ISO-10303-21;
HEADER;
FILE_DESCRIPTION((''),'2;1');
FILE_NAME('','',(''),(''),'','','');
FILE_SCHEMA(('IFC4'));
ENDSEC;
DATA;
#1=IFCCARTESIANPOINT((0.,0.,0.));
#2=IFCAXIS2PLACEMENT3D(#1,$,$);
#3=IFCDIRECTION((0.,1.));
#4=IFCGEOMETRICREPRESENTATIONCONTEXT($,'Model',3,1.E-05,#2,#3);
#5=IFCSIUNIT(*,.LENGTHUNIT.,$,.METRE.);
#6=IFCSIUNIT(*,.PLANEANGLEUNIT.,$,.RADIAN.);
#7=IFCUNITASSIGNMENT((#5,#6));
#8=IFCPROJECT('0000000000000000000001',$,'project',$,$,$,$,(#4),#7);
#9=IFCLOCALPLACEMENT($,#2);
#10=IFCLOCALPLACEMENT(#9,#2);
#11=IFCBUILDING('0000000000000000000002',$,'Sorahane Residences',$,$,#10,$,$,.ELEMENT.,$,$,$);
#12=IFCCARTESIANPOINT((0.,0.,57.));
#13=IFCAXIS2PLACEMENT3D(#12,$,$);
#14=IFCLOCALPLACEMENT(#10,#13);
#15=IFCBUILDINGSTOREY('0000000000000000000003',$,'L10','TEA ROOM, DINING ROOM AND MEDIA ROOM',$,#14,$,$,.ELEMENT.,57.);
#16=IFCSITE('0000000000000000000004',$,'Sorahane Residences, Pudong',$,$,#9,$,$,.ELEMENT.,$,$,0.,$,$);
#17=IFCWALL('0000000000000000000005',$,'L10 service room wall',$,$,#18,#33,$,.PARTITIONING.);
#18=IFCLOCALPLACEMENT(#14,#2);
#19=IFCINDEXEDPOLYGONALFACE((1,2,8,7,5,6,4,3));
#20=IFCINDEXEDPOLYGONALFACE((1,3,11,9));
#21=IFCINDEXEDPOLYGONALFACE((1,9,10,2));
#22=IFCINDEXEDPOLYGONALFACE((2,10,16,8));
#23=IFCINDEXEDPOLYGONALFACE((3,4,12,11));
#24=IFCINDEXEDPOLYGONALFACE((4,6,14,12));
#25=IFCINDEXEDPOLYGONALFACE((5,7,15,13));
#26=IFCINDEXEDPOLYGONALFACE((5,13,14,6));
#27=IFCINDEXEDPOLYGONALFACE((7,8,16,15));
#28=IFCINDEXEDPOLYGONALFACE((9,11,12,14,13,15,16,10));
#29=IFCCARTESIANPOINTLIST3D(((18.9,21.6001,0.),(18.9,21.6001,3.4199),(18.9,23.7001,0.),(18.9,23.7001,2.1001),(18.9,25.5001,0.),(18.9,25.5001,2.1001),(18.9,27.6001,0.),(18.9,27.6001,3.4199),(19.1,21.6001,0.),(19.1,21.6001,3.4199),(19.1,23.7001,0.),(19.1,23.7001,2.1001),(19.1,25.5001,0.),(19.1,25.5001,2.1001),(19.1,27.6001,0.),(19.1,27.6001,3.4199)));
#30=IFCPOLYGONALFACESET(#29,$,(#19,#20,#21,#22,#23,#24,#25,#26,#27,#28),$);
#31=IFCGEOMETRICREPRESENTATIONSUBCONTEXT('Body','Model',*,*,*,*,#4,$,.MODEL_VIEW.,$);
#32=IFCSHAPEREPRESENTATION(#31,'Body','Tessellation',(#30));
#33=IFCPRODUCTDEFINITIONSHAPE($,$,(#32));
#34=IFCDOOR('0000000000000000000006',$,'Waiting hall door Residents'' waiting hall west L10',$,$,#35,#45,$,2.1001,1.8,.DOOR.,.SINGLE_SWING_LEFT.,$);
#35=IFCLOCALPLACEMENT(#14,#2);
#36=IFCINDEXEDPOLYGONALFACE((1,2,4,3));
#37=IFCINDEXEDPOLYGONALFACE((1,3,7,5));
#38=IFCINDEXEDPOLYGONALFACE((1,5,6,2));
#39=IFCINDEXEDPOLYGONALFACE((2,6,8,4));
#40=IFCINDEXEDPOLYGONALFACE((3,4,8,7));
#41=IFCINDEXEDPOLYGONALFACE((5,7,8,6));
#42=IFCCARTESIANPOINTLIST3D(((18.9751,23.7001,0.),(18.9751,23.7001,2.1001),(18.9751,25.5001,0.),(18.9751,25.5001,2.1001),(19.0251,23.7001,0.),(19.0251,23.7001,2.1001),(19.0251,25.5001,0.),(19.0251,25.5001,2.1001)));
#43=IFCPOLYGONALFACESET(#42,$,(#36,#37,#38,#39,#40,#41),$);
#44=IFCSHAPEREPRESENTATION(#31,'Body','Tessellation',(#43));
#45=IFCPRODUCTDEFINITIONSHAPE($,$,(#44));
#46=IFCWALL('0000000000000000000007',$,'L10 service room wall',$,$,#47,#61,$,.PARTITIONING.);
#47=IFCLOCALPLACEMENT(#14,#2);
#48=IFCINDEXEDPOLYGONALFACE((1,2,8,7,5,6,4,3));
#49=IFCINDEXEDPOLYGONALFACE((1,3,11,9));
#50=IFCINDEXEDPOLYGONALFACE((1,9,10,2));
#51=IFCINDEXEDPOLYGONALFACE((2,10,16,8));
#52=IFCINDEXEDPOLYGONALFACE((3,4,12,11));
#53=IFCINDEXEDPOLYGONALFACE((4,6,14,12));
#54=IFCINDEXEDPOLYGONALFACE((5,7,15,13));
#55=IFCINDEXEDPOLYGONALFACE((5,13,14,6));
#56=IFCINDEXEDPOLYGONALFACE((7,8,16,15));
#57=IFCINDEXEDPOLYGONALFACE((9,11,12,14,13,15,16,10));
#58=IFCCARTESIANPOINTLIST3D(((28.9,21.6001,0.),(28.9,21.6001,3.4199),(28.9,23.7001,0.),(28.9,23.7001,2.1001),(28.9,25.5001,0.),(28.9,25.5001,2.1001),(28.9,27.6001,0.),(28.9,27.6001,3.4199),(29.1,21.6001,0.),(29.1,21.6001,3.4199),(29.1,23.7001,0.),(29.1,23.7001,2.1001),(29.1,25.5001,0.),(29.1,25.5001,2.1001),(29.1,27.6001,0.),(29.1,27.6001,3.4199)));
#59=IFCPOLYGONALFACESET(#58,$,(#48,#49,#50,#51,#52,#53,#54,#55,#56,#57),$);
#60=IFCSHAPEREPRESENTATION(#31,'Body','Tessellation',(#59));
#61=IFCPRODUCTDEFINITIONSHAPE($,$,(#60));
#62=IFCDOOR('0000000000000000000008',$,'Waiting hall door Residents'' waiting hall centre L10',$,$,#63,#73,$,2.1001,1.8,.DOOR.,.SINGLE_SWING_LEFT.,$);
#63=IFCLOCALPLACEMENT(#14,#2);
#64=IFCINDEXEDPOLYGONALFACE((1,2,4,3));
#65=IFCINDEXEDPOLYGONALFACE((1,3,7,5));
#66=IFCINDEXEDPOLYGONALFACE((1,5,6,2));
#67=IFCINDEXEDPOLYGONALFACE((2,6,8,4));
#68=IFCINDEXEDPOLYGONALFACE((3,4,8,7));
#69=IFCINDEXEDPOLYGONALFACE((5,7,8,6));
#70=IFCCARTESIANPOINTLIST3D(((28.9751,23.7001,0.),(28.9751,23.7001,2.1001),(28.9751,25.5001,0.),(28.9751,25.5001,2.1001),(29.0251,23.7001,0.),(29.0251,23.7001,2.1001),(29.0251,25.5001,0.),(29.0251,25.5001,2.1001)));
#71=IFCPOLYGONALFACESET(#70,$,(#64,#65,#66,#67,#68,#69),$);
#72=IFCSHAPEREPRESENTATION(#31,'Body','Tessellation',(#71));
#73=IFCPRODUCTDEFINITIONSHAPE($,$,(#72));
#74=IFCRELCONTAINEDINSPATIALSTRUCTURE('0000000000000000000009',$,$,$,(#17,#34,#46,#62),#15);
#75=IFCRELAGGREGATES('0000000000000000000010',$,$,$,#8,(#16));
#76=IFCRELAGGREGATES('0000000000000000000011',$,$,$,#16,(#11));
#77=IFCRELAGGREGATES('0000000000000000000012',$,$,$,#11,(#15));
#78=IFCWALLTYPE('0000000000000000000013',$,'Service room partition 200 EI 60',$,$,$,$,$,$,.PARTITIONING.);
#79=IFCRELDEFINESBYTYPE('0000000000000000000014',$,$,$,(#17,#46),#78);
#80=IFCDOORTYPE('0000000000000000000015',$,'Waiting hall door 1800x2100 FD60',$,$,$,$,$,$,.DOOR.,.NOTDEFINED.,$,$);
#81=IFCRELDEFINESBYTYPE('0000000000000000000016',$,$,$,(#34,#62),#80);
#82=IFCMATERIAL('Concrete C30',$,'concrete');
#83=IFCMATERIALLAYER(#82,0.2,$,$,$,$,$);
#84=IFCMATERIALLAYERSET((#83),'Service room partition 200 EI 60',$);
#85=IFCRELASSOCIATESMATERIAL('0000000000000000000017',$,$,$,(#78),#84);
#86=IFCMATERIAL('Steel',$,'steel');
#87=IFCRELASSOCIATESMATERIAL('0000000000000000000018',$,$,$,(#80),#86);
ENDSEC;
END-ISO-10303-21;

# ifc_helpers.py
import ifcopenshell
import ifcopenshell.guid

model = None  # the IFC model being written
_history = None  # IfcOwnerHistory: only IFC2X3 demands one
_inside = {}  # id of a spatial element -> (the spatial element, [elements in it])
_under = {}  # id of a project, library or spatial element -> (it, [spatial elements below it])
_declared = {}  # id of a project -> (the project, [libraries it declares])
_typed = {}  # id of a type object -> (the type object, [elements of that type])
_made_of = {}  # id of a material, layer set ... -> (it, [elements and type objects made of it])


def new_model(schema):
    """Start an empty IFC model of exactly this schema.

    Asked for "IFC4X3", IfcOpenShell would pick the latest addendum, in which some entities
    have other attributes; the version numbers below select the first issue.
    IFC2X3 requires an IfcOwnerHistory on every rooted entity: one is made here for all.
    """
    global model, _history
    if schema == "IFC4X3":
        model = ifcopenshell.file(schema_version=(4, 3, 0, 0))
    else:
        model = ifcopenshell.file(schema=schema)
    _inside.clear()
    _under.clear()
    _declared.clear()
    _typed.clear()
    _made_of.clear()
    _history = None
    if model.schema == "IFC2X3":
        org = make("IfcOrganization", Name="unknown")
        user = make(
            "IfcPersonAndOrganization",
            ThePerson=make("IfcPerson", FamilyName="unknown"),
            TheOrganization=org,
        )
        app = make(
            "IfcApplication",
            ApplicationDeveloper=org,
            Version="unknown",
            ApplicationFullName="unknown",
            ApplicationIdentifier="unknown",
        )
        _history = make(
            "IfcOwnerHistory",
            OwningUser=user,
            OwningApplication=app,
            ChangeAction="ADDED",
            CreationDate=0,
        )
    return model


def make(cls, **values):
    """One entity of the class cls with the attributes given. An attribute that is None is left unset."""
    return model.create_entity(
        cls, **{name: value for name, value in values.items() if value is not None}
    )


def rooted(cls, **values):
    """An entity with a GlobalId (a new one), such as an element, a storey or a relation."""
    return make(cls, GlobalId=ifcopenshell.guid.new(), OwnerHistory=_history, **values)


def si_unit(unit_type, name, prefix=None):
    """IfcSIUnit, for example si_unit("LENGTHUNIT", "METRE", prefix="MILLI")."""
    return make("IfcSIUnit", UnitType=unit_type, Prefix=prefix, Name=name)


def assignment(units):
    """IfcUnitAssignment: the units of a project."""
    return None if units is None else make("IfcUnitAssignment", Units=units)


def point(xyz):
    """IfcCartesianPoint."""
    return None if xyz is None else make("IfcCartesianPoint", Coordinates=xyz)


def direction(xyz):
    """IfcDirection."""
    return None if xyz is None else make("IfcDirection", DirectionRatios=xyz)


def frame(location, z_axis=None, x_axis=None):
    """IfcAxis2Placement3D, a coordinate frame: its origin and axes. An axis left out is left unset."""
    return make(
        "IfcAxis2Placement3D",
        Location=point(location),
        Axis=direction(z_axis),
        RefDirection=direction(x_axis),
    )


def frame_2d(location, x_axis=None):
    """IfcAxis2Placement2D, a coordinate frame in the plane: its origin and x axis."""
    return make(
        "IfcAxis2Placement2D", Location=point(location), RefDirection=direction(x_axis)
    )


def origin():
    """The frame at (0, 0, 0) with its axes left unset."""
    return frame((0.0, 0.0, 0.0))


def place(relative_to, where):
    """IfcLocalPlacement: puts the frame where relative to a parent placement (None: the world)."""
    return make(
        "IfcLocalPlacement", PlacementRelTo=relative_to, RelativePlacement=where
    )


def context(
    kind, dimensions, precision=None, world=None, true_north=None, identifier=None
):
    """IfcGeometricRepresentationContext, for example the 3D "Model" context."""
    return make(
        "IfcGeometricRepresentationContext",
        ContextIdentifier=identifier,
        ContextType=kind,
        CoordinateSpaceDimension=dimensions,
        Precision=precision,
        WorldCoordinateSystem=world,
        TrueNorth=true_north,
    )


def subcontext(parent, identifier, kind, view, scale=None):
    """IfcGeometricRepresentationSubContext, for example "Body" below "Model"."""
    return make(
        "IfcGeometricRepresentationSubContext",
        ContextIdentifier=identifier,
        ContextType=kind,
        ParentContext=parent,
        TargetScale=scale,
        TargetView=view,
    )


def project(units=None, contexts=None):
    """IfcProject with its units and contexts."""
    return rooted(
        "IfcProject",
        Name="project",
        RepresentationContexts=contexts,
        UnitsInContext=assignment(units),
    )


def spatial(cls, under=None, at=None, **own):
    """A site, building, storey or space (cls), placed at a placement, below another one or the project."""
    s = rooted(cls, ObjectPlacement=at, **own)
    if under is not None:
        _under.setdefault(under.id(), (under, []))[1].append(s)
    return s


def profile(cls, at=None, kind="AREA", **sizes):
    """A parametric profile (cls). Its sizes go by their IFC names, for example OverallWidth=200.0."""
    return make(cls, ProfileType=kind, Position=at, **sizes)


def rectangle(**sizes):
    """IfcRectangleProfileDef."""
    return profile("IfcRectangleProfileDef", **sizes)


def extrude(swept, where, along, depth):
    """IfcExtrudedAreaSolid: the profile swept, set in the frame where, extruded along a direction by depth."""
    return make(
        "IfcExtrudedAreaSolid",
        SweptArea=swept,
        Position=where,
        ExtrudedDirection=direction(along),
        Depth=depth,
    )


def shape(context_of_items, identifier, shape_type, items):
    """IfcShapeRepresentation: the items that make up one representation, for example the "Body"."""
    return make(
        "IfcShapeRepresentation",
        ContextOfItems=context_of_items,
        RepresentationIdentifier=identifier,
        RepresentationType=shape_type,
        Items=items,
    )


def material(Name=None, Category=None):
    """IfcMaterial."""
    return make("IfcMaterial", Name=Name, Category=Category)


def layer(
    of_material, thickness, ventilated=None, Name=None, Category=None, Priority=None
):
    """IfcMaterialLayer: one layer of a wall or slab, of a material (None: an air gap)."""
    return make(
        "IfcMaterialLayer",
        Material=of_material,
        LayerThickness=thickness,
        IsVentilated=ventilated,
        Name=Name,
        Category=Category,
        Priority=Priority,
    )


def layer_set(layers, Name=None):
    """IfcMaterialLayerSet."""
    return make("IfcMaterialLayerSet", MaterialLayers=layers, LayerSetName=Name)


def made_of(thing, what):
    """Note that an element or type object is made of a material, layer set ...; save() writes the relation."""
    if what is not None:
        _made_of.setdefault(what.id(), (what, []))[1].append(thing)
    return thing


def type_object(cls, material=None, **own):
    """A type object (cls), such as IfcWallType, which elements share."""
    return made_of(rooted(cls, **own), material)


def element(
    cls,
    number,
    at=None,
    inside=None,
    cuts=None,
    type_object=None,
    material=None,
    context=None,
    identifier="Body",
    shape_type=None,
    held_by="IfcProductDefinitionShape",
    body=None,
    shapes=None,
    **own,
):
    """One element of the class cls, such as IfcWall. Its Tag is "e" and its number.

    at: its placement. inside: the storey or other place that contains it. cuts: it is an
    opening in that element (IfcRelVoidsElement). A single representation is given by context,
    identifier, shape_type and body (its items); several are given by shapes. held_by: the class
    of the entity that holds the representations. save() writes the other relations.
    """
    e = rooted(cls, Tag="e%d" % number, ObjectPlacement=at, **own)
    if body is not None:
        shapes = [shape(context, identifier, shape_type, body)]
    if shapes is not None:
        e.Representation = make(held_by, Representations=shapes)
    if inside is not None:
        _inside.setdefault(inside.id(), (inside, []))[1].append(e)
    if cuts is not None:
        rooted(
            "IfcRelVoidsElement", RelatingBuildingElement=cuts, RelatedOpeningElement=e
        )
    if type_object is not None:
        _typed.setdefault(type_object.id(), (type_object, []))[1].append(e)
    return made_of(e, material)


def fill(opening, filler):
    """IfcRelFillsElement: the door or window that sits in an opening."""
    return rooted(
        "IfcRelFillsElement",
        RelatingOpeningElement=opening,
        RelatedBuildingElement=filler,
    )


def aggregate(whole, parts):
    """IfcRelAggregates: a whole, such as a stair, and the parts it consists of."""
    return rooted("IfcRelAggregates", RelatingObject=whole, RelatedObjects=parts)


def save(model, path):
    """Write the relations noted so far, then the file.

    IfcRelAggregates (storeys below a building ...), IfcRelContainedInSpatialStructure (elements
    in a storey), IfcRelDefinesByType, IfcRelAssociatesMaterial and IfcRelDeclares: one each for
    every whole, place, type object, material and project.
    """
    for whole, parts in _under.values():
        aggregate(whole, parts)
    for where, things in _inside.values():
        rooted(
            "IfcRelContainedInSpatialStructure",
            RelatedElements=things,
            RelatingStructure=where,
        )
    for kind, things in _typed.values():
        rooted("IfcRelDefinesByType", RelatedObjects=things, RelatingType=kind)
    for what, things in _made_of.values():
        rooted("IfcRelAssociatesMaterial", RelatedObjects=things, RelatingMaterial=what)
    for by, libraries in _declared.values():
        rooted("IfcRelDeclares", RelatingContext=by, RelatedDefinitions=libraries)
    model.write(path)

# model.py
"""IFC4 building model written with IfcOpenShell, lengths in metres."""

from ifc_helpers import new_model, si_unit, direction, frame, frame_2d, origin, place, context, subcontext, project, spatial, rectangle, extrude, material, layer, layer_set, type_object, element, fill, save


model = new_model("IFC4")

# Units and contexts
model_context = context("Model", 3, precision=1e-05, world=origin(), true_north=direction((0.0, 1.0)))
body_context = subcontext(model_context, "Body", "Model", "MODEL_VIEW")
ifc_project = project(units=[si_unit("LENGTHUNIT", "METRE"), si_unit("PLANEANGLEUNIT", "RADIAN")], contexts=[model_context])

# Site, building, storey
site_placement = place(None, origin())
site = spatial("IfcSite", under=ifc_project, at=site_placement, Name="Sorahane Residences, Pudong", CompositionType="ELEMENT", RefElevation=0.0)
building_placement = place(site_placement, origin())
building = spatial("IfcBuilding", under=site, at=building_placement, Name="Sorahane Residences", CompositionType="ELEMENT")
storey_placement = place(building_placement, frame((0.0, 0.0, 57.0)))
storey = spatial("IfcBuildingStorey", under=building, at=storey_placement, Name="L10", Description="TEA ROOM, DINING ROOM AND MEDIA ROOM", CompositionType="ELEMENT", Elevation=57.0)

# Walls, openings, doors
ifc_material_1 = material(Name="Concrete C30", Category="concrete")
ifc_layer_1 = layer(ifc_material_1, 0.2)
ifc_layer_set_1 = layer_set([ifc_layer_1], Name="Service room partition 200 EI 60")
wall_type_1 = type_object("IfcWallType", Name="Service room partition 200 EI 60", PredefinedType="PARTITIONING", material=ifc_layer_set_1)
wall_1_placement = place(storey_placement, frame((19.0, 21.6001, 0.0), z_axis=(0.0, 0.0, 1.0), x_axis=(0.0, 1.0, 0.0)))
wall_1 = element("IfcWall", 1, at=wall_1_placement, inside=storey, type_object=wall_type_1, Name="L10 service room wall", PredefinedType="PARTITIONING", context=body_context, shape_type="SweptSolid", body=[
    extrude(rectangle(XDim=6.0, YDim=0.2, at=frame_2d((3.0, 0.0))), origin(), (0.0, 0.0, 1.0), 3.4199),
])
opening_1_placement = place(wall_1_placement, frame((2.1001, 0.0, 0.0)))
opening_1 = element("IfcOpeningElement", 2, at=opening_1_placement, cuts=wall_1, PredefinedType="OPENING", context=body_context, shape_type="SweptSolid", body=[
    extrude(rectangle(XDim=1.8, YDim=2.1001, at=frame_2d((0.8999, 1.05))), frame((0.0, 0.1099, 0.0), z_axis=(0.0, -1.0, 0.0), x_axis=(1.0, 0.0, 0.0)), (0.0, 0.0, 1.0), 0.22),
])
ifc_material_2 = material(Name="Steel", Category="steel")
door_type_1 = type_object("IfcDoorType", Name="Waiting hall door 1800x2100 FD60", OperationType="NOTDEFINED", PredefinedType="DOOR", material=ifc_material_2)
door_1_placement = place(opening_1_placement, origin())
door_1 = element("IfcDoor", 3, at=door_1_placement, inside=storey, type_object=door_type_1, Name="Waiting hall door Residents' waiting hall west L10", OperationType="SINGLE_SWING_LEFT", OverallHeight=2.1001, OverallWidth=1.8, PredefinedType="DOOR", context=body_context, shape_type="SweptSolid", body=[
    extrude(rectangle(XDim=1.8, YDim=2.1001, at=frame_2d((0.8999, 1.05))), frame((0.0, 0.0249, 0.0), z_axis=(0.0, -1.0, 0.0), x_axis=(1.0, 0.0, 0.0)), (0.0, 0.0, 1.0), 0.05),
])
fill(opening_1, door_1)
wall_2_placement = place(storey_placement, frame((29.0, 21.6001, 0.0), z_axis=(0.0, 0.0, 1.0), x_axis=(0.0, 1.0, 0.0)))
wall_2 = element("IfcWall", 4, at=wall_2_placement, inside=storey, type_object=wall_type_1, Name="L10 service room wall", PredefinedType="PARTITIONING", context=body_context, shape_type="SweptSolid", body=[
    extrude(rectangle(XDim=6.0, YDim=0.2, at=frame_2d((3.0, 0.0))), origin(), (0.0, 0.0, 1.0), 3.4199),
])
opening_2_placement = place(wall_2_placement, frame((2.1001, 0.0, 0.0)))
opening_2 = element("IfcOpeningElement", 5, at=opening_2_placement, cuts=wall_2, PredefinedType="OPENING", context=body_context, shape_type="SweptSolid", body=[
    extrude(rectangle(XDim=1.8, YDim=2.1001, at=frame_2d((0.8999, 1.05))), frame((0.0, 0.1099, 0.0), z_axis=(0.0, -1.0, 0.0), x_axis=(1.0, 0.0, 0.0)), (0.0, 0.0, 1.0), 0.22),
])
door_2_placement = place(opening_2_placement, origin())
door_2 = element("IfcDoor", 6, at=door_2_placement, inside=storey, type_object=door_type_1, Name="Waiting hall door Residents' waiting hall centre L10", OperationType="SINGLE_SWING_LEFT", OverallHeight=2.1001, OverallWidth=1.8, PredefinedType="DOOR", context=body_context, shape_type="SweptSolid", body=[
    extrude(rectangle(XDim=1.8, YDim=2.1001, at=frame_2d((0.8999, 1.05))), frame((0.0, 0.0249, 0.0), z_axis=(0.0, -1.0, 0.0), x_axis=(1.0, 0.0, 0.0)), (0.0, 0.0, 1.0), 0.05),
])
fill(opening_2, door_2)

save(model, "model.ifc")
